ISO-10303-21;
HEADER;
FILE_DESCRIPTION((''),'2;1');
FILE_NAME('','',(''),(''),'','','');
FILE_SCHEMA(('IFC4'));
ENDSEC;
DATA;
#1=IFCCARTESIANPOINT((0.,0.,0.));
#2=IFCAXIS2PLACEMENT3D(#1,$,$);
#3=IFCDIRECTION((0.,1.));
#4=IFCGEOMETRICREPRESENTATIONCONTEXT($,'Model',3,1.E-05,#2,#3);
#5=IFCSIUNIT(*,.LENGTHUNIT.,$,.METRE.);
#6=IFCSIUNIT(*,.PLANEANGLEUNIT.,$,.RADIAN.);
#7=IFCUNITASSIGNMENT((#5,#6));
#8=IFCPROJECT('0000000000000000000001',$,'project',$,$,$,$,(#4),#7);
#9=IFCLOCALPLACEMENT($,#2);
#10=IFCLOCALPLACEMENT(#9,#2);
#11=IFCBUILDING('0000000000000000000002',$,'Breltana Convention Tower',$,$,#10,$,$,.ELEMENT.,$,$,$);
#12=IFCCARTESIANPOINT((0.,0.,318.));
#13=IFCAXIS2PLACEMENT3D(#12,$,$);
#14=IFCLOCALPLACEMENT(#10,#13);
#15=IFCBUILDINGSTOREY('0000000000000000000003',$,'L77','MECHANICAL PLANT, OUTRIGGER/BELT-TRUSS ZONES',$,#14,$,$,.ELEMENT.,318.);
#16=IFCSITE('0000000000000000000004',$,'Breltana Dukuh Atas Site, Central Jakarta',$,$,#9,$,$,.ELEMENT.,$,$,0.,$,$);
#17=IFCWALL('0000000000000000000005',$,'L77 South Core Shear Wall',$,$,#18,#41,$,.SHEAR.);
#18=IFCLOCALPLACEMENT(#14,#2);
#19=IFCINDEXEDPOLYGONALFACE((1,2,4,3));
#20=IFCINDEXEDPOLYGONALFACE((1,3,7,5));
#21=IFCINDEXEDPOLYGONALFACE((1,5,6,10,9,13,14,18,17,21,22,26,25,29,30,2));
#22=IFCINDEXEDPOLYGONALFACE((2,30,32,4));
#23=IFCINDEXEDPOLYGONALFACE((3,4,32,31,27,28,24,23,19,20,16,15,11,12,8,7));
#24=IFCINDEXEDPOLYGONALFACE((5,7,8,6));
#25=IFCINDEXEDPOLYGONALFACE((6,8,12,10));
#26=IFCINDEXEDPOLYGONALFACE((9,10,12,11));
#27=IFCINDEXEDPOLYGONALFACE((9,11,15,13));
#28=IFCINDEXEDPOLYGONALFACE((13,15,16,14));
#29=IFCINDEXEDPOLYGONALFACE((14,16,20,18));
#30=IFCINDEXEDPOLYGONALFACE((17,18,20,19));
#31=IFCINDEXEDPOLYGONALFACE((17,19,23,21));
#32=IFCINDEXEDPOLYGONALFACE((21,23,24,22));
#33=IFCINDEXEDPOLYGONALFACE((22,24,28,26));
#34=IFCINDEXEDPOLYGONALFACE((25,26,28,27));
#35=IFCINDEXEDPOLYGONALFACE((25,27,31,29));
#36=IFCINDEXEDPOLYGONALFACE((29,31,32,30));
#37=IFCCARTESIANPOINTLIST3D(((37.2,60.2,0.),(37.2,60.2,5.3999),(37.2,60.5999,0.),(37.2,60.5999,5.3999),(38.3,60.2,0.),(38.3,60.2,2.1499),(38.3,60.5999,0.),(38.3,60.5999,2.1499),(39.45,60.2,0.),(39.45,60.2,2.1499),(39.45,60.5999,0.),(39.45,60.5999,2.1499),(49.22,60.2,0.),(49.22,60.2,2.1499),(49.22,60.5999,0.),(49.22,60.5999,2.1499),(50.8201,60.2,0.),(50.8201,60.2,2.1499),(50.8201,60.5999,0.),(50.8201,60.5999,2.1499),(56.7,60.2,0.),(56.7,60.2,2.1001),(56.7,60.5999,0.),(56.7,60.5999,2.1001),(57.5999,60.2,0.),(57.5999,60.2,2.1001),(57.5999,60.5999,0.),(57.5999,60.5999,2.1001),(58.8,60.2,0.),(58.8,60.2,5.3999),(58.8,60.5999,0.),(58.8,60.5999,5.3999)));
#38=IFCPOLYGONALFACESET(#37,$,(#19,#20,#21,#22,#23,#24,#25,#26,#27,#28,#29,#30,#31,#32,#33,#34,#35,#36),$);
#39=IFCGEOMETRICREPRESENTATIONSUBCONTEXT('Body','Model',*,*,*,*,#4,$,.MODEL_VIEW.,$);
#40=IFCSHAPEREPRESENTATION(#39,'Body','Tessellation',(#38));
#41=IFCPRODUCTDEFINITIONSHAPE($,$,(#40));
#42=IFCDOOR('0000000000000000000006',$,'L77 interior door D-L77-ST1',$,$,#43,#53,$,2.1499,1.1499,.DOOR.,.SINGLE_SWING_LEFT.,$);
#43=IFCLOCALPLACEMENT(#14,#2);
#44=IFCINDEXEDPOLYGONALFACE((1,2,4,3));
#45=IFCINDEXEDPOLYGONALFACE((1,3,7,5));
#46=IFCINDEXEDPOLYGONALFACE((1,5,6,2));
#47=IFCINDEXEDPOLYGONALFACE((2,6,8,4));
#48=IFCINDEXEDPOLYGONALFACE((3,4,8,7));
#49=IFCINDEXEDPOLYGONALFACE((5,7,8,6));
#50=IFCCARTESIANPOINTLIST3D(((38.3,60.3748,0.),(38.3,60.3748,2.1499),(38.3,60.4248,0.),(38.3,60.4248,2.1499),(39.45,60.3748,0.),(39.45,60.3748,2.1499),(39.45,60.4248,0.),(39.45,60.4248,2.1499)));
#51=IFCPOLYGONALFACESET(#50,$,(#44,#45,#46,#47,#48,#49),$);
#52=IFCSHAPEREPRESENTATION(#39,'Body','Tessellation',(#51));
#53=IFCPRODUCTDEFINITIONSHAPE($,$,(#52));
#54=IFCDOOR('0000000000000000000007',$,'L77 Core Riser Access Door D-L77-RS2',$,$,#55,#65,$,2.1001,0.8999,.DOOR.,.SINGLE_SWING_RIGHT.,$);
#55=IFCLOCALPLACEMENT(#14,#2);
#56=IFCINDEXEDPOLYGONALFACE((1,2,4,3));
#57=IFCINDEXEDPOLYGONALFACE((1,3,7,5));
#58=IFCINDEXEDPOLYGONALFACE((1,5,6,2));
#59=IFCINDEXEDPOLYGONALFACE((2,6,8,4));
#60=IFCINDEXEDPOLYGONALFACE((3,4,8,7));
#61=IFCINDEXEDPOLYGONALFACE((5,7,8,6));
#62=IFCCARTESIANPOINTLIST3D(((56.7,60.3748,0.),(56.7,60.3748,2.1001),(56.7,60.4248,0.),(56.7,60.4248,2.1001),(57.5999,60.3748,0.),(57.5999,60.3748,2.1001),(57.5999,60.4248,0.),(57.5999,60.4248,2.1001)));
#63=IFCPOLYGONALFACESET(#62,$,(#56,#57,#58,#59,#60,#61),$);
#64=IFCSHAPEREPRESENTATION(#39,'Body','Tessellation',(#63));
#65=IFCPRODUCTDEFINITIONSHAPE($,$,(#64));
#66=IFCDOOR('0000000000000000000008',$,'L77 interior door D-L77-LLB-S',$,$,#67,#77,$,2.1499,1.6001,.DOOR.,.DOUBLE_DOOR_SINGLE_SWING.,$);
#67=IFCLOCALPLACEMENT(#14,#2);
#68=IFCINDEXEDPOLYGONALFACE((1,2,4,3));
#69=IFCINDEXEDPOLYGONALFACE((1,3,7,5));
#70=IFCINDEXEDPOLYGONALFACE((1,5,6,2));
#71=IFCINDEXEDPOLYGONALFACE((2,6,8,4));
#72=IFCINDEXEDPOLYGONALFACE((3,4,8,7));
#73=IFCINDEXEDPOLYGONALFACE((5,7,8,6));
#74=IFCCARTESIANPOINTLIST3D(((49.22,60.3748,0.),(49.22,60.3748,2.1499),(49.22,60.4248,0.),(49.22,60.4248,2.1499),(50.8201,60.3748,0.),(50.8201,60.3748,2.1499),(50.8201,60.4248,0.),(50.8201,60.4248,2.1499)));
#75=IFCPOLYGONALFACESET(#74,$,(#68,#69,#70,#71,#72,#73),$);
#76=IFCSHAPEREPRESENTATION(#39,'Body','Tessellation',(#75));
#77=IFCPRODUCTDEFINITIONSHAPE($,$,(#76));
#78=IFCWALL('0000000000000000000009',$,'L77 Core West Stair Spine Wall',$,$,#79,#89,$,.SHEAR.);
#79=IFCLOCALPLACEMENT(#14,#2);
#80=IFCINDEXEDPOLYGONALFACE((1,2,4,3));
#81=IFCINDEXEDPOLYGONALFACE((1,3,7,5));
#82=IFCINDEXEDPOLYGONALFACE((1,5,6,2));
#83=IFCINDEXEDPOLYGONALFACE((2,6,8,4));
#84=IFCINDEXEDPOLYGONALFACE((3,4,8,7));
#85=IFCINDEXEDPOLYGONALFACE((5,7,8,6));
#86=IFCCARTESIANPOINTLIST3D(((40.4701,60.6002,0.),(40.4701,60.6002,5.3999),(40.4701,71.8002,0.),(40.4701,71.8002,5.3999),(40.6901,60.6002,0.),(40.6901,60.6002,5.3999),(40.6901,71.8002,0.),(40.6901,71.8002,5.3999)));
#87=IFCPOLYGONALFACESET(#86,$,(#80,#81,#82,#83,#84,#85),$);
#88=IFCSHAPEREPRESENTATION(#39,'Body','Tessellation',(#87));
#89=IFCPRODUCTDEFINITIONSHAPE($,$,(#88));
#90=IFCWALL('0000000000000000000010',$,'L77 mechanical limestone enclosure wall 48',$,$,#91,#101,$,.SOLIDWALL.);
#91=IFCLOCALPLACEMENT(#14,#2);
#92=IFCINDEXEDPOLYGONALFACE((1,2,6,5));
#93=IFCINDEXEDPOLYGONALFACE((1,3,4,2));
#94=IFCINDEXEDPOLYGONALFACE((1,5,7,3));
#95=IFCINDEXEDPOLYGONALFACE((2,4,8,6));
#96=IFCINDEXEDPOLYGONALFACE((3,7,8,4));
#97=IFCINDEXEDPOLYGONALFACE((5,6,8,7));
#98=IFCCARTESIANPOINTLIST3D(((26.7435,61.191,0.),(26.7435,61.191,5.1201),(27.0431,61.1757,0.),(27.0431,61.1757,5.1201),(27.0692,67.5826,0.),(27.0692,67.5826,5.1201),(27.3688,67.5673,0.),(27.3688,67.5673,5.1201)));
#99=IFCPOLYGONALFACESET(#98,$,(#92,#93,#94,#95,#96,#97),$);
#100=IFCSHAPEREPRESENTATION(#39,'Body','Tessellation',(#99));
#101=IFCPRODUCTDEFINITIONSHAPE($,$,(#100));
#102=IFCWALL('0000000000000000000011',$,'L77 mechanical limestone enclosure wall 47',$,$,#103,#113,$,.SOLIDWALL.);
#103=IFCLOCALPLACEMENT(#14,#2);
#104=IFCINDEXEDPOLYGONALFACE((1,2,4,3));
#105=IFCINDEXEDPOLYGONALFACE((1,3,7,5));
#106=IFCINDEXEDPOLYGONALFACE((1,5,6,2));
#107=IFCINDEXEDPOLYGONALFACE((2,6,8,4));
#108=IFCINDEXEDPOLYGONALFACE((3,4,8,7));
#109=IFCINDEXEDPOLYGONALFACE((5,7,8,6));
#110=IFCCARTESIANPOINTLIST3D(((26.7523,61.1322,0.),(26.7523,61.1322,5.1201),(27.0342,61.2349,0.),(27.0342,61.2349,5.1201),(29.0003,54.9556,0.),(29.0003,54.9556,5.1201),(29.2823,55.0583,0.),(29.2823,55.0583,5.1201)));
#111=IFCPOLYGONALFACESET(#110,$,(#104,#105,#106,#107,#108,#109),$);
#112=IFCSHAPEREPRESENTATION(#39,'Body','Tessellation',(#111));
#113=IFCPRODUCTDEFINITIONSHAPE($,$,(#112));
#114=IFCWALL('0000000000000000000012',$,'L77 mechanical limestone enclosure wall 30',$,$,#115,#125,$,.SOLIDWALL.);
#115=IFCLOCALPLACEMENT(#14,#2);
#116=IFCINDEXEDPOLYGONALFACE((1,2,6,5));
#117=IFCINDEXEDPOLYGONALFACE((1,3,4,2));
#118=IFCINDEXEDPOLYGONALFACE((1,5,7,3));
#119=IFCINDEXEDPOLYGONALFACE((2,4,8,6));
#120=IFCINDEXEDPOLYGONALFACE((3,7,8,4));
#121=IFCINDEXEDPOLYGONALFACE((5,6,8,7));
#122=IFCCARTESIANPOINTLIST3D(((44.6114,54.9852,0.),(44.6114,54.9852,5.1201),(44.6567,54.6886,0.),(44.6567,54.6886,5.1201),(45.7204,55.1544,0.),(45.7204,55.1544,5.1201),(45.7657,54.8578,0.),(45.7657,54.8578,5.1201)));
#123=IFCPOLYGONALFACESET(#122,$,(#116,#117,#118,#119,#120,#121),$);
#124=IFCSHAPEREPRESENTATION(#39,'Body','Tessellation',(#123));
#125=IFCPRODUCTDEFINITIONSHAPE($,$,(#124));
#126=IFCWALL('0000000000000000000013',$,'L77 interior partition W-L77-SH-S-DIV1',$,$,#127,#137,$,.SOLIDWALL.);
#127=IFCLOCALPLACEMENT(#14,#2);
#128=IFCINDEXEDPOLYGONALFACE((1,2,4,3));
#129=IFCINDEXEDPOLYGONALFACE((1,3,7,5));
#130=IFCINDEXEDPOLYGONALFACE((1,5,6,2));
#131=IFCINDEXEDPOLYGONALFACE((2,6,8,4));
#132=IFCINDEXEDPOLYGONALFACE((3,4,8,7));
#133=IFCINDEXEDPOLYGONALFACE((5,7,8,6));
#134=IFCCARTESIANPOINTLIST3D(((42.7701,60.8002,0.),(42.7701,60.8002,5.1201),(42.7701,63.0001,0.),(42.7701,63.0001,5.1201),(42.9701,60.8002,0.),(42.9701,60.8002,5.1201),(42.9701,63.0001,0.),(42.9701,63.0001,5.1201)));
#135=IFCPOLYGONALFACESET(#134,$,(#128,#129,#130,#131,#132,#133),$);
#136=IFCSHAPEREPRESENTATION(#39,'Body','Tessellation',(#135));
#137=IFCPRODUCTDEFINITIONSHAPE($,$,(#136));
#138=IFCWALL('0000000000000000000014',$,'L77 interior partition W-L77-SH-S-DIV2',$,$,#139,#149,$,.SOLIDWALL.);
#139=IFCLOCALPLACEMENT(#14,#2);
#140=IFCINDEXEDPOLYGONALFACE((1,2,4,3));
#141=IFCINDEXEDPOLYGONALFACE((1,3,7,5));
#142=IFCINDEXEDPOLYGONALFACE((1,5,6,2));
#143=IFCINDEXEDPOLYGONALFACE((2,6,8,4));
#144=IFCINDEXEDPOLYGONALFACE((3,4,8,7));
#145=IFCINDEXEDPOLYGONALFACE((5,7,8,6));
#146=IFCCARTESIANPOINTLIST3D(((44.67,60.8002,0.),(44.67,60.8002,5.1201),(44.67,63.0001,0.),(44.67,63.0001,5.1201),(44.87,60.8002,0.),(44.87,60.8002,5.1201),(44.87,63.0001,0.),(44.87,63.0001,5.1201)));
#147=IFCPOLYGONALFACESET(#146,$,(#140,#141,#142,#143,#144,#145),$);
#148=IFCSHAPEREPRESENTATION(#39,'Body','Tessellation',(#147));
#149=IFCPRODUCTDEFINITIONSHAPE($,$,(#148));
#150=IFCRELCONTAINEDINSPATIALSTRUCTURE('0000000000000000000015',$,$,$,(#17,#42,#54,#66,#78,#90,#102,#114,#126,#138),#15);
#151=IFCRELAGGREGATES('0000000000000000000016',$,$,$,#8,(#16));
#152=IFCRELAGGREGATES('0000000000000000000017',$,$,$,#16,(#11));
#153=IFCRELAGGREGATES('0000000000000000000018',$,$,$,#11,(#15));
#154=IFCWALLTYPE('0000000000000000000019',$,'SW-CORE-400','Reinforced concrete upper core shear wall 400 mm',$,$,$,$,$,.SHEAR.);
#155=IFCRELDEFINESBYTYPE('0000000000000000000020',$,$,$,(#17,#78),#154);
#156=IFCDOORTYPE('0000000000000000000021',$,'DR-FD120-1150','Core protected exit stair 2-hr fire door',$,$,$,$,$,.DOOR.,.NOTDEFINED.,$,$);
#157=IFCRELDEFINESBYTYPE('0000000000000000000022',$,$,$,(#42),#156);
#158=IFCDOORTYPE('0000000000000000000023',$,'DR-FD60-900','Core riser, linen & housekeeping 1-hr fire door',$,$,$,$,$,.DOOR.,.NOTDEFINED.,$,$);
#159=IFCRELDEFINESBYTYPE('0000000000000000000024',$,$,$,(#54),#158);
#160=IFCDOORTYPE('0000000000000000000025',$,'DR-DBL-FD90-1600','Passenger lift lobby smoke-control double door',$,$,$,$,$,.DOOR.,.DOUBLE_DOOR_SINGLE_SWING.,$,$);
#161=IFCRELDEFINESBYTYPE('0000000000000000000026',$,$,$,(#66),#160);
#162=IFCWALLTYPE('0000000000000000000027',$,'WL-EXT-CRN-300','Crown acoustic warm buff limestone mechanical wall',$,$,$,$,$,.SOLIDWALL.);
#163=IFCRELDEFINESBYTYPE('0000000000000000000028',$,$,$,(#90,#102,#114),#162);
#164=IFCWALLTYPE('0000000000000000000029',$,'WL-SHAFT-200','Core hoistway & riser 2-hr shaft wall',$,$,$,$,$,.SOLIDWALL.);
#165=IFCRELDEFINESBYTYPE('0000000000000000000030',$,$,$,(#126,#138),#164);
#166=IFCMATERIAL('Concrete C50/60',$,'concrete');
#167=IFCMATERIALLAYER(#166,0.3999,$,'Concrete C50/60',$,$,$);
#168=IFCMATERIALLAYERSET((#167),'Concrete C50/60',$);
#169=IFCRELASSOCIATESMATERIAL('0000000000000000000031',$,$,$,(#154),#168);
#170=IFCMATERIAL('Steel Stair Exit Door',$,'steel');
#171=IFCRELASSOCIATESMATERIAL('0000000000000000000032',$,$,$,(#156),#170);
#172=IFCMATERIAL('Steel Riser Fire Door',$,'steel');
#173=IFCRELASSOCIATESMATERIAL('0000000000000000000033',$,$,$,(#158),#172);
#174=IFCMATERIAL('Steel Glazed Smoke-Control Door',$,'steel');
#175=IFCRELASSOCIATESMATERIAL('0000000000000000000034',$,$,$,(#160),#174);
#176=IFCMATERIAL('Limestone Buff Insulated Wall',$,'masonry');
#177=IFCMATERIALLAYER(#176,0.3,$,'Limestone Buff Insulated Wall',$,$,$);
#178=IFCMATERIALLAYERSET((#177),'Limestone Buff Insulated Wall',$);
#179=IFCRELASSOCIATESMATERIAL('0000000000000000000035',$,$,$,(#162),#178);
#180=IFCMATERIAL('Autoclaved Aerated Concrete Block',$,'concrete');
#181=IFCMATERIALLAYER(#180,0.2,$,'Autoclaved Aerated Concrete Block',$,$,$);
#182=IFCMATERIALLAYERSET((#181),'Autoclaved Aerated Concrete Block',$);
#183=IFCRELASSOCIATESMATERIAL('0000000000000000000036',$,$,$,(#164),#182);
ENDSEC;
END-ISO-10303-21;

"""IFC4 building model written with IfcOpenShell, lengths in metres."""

from ifc_helpers import new_model, si_unit, direction, frame, frame_2d, origin, place, context, subcontext, project, spatial, rectangle, extrude, source, transform, mapped, material, layer, layer_set, type_object, type_shapes, element, fill, save


model = new_model("IFC4")

# Units and contexts
model_context = context("Model", 3, precision=1e-05, world=origin(), true_north=direction((0.0, 1.0)))
body_context = subcontext(model_context, "Body", "Model", "MODEL_VIEW")
ifc_project = project(units=[si_unit("LENGTHUNIT", "METRE"), si_unit("PLANEANGLEUNIT", "RADIAN")], contexts=[model_context])

# Site, building, storey
site_placement = place(None, origin())
site = spatial("IfcSite", under=ifc_project, at=site_placement, Name="Breltana Dukuh Atas Site, Central Jakarta", CompositionType="ELEMENT", RefElevation=0.0)
building_placement = place(site_placement, origin())
building = spatial("IfcBuilding", under=site, at=building_placement, Name="Breltana Convention Tower", CompositionType="ELEMENT")
storey_placement = place(building_placement, frame((0.0, 0.0, 318.0)))
storey = spatial("IfcBuildingStorey", under=building, at=storey_placement, Name="L77", Description="MECHANICAL PLANT, OUTRIGGER/BELT-TRUSS ZONES", CompositionType="ELEMENT", Elevation=318.0)

# Shared definitions
ifc_material_1 = material(Name="Concrete C50/60", Category="concrete")
ifc_layer_1 = layer(ifc_material_1, 0.3999, Name="Concrete C50/60")
ifc_layer_set_1 = layer_set([ifc_layer_1], Name="Concrete C50/60")
wall_type_1 = type_object("IfcWallType", Name="SW-CORE-400", Description="Reinforced concrete upper core shear wall 400 mm", PredefinedType="SHEAR", material=ifc_layer_set_1)

# Wall, openings, doors
shared_shape_1 = source(origin(), body_context, "Body", "SweptSolid", [
    extrude(rectangle(XDim=21.6001, YDim=0.3999, at=frame_2d((10.8, 0.0))), origin(), (0.0, 0.0, 1.0), 5.3999),
])
wall_1_placement = place(storey_placement, frame((37.2, 60.3999, 0.0), z_axis=(0.0, 0.0, 1.0), x_axis=(1.0, 0.0, 0.0)))
wall_1 = element("IfcWall", 1, at=wall_1_placement, inside=storey, type_object=wall_type_1, Name="L77 South Core Shear Wall", PredefinedType="SHEAR", context=body_context, shape_type="MappedRepresentation", body=[
    mapped(shared_shape_1, transform((0.0, 0.0, 0.0), scale=1.0)),
])
opening_1_placement = place(wall_1_placement, frame((1.1001, 0.0, 0.0)))
opening_1 = element("IfcOpeningElement", 2, at=opening_1_placement, cuts=wall_1, PredefinedType="OPENING", context=body_context, shape_type="SweptSolid", body=[
    extrude(rectangle(XDim=1.1499, YDim=2.1499, at=frame_2d((0.575, 1.075))), frame((0.0, 0.21, 0.0), z_axis=(0.0, -1.0, 0.0), x_axis=(1.0, 0.0, 0.0)), (0.0, 0.0, 1.0), 0.4199),
])
opening_2_placement = place(wall_1_placement, frame((19.5, 0.0, 0.0)))
opening_2 = element("IfcOpeningElement", 3, at=opening_2_placement, cuts=wall_1, PredefinedType="OPENING", context=body_context, shape_type="SweptSolid", body=[
    extrude(rectangle(XDim=0.8999, YDim=2.1001, at=frame_2d((0.45, 1.05))), frame((0.0, 0.21, 0.0), z_axis=(0.0, -1.0, 0.0), x_axis=(1.0, 0.0, 0.0)), (0.0, 0.0, 1.0), 0.4199),
])
opening_3_placement = place(wall_1_placement, frame((12.02, 0.0, 0.0)))
opening_3 = element("IfcOpeningElement", 4, at=opening_3_placement, cuts=wall_1, PredefinedType="OPENING", context=body_context, shape_type="SweptSolid", body=[
    extrude(rectangle(XDim=1.6001, YDim=2.1499, at=frame_2d((0.8, 1.075))), frame((0.0, 0.21, 0.0), z_axis=(0.0, -1.0, 0.0), x_axis=(1.0, 0.0, 0.0)), (0.0, 0.0, 1.0), 0.4199),
])
ifc_material_2 = material(Name="Steel Stair Exit Door", Category="steel")
door_type_1 = type_object("IfcDoorType", Name="DR-FD120-1150", Description="Core protected exit stair 2-hr fire door", OperationType="NOTDEFINED", PredefinedType="DOOR", material=ifc_material_2)
shared_shape_2 = source(origin(), body_context, "Body", "SweptSolid", [
    extrude(rectangle(XDim=1.1499, YDim=2.1499, at=frame_2d((0.575, 1.075))), frame((0.0, 0.0249, 0.0), z_axis=(0.0, -1.0, 0.0), x_axis=(1.0, 0.0, 0.0)), (0.0, 0.0, 1.0), 0.05),
])
type_shapes(door_type_1, [shared_shape_2])
door_1_placement = place(opening_1_placement, origin())
door_1 = element("IfcDoor", 5, at=door_1_placement, inside=storey, type_object=door_type_1, Name="L77 interior door D-L77-ST1", OperationType="SINGLE_SWING_LEFT", OverallHeight=2.1499, OverallWidth=1.1499, PredefinedType="DOOR", context=body_context, shape_type="MappedRepresentation", body=[
    mapped(shared_shape_2, transform((0.0, 0.0, 0.0), scale=1.0)),
])
fill(opening_1, door_1)
ifc_material_3 = material(Name="Steel Riser Fire Door", Category="steel")
door_type_2 = type_object("IfcDoorType", Name="DR-FD60-900", Description="Core riser, linen & housekeeping 1-hr fire door", OperationType="NOTDEFINED", PredefinedType="DOOR", material=ifc_material_3)
shared_shape_3 = source(origin(), body_context, "Body", "SweptSolid", [
    extrude(rectangle(XDim=0.8999, YDim=2.1001, at=frame_2d((0.45, 1.05))), frame((0.0, 0.0249, 0.0), z_axis=(0.0, -1.0, 0.0), x_axis=(1.0, 0.0, 0.0)), (0.0, 0.0, 1.0), 0.05),
])
type_shapes(door_type_2, [shared_shape_3])
door_2_placement = place(opening_2_placement, origin())
door_2 = element("IfcDoor", 6, at=door_2_placement, inside=storey, type_object=door_type_2, Name="L77 Core Riser Access Door D-L77-RS2", OperationType="SINGLE_SWING_RIGHT", OverallHeight=2.1001, OverallWidth=0.8999, PredefinedType="DOOR", context=body_context, shape_type="MappedRepresentation", body=[
    mapped(shared_shape_3, transform((0.0, 0.0, 0.0), scale=1.0)),
])
fill(opening_2, door_2)
ifc_material_4 = material(Name="Steel Glazed Smoke-Control Door", Category="steel")
door_type_3 = type_object("IfcDoorType", Name="DR-DBL-FD90-1600", Description="Passenger lift lobby smoke-control double door", OperationType="DOUBLE_DOOR_SINGLE_SWING", PredefinedType="DOOR", material=ifc_material_4)
shared_shape_4 = source(origin(), body_context, "Body", "SweptSolid", [
    extrude(rectangle(XDim=1.6001, YDim=2.1499, at=frame_2d((0.8, 1.075))), frame((0.0, 0.0249, 0.0), z_axis=(0.0, -1.0, 0.0), x_axis=(1.0, 0.0, 0.0)), (0.0, 0.0, 1.0), 0.05),
])
type_shapes(door_type_3, [shared_shape_4])
door_3_placement = place(opening_3_placement, origin())
door_3 = element("IfcDoor", 7, at=door_3_placement, inside=storey, type_object=door_type_3, Name="L77 interior door D-L77-LLB-S", OperationType="DOUBLE_DOOR_SINGLE_SWING", OverallHeight=2.1499, OverallWidth=1.6001, PredefinedType="DOOR", context=body_context, shape_type="MappedRepresentation", body=[
    mapped(shared_shape_4, transform((0.0, 0.0, 0.0), scale=1.0)),
])
fill(opening_3, door_3)

# Walls
shared_shape_5 = source(origin(), body_context, "Body", "SweptSolid", [
    extrude(rectangle(XDim=11.2, YDim=0.22, at=frame_2d((5.6001, 0.0))), origin(), (0.0, 0.0, 1.0), 5.3999),
])
wall_2_placement = place(storey_placement, frame((40.5801, 60.6001, 0.0), z_axis=(0.0, 0.0, 1.0), x_axis=(0.0, 1.0, 0.0)))
element("IfcWall", 8, at=wall_2_placement, inside=storey, type_object=wall_type_1, Name="L77 Core West Stair Spine Wall", PredefinedType="SHEAR", context=body_context, shape_type="MappedRepresentation", body=[
    mapped(shared_shape_5, transform((0.0, 0.0, 0.0), scale=1.0)),
])
ifc_material_5 = material(Name="Limestone Buff Insulated Wall", Category="masonry")
ifc_layer_2 = layer(ifc_material_5, 0.3, Name="Limestone Buff Insulated Wall")
ifc_layer_set_2 = layer_set([ifc_layer_2], Name="Limestone Buff Insulated Wall")
wall_type_2 = type_object("IfcWallType", Name="WL-EXT-CRN-300", Description="Crown acoustic warm buff limestone mechanical wall", PredefinedType="SOLIDWALL", material=ifc_layer_set_2)
shared_shape_6 = source(origin(), body_context, "Body", "SweptSolid", [
    extrude(rectangle(XDim=6.3999, YDim=0.3, at=frame_2d((3.2, 0.0))), origin(), (0.0, 0.0, 1.0), 5.1201),
])
wall_3_placement = place(storey_placement, frame((26.8933, 61.1833, 0.0), z_axis=(0.0, 0.0, 1.0), x_axis=(0.050889, 0.998704, 0.0)))
element("IfcWall", 9, at=wall_3_placement, inside=storey, type_object=wall_type_2, Name="L77 mechanical limestone enclosure wall 48", PredefinedType="SOLIDWALL", context=body_context, shape_type="MappedRepresentation", body=[
    mapped(shared_shape_6, transform((0.0, 0.0, 0.0), scale=1.0)),
])
shared_shape_7 = source(origin(), body_context, "Body", "SweptSolid", [
    extrude(rectangle(XDim=6.573, YDim=0.3, at=frame_2d((3.2866, 0.0))), origin(), (0.0, 0.0, 1.0), 5.1201),
])
wall_4_placement = place(storey_placement, frame((29.1414, 55.0068, 0.0), z_axis=(0.0, 0.0, 1.0), x_axis=(-0.342017, 0.939694, 0.0)))
element("IfcWall", 10, at=wall_4_placement, inside=storey, type_object=wall_type_2, Name="L77 mechanical limestone enclosure wall 47", PredefinedType="SOLIDWALL", context=body_context, shape_type="MappedRepresentation", body=[
    mapped(shared_shape_7, transform((0.0, 0.0, 0.0), scale=1.0)),
])
shared_shape_8 = source(origin(), body_context, "Body", "SweptSolid", [
    extrude(rectangle(XDim=1.1218, YDim=0.3, at=frame_2d((0.561, 0.0))), origin(), (0.0, 0.0, 1.0), 5.1201),
])
wall_5_placement = place(storey_placement, frame((45.7432, 55.0061, 0.0), z_axis=(0.0, 0.0, 1.0), x_axis=(-0.98856, -0.15083, 0.0)))
element("IfcWall", 11, at=wall_5_placement, inside=storey, type_object=wall_type_2, Name="L77 mechanical limestone enclosure wall 30", PredefinedType="SOLIDWALL", context=body_context, shape_type="MappedRepresentation", body=[
    mapped(shared_shape_8, transform((0.0, 0.0, 0.0), scale=1.0)),
])
ifc_material_6 = material(Name="Autoclaved Aerated Concrete Block", Category="concrete")
ifc_layer_3 = layer(ifc_material_6, 0.2, Name="Autoclaved Aerated Concrete Block")
ifc_layer_set_3 = layer_set([ifc_layer_3], Name="Autoclaved Aerated Concrete Block")
wall_type_3 = type_object("IfcWallType", Name="WL-SHAFT-200", Description="Core hoistway & riser 2-hr shaft wall", PredefinedType="SOLIDWALL", material=ifc_layer_set_3)
shared_shape_9 = source(origin(), body_context, "Body", "SweptSolid", [
    extrude(rectangle(XDim=2.2, YDim=0.2, at=frame_2d((1.1001, 0.0))), origin(), (0.0, 0.0, 1.0), 5.1201),
])
for number, where, z_axis, x_axis, name in (
    (12, (42.8701, 60.8, 0.0), (0.0, 0.0, 1.0), (0.0, 1.0, 0.0), "L77 interior partition W-L77-SH-S-DIV1"),
    (13, (44.77, 60.8, 0.0), (0.0, 0.0, 1.0), (0.0, 1.0, 0.0), "L77 interior partition W-L77-SH-S-DIV2"),
):
    element("IfcWall", number, at=place(storey_placement, frame(where, z_axis=z_axis, x_axis=x_axis)), inside=storey, type_object=wall_type_3, Name=name, PredefinedType="SOLIDWALL", context=body_context, shape_type="MappedRepresentation", body=[
        mapped(shared_shape_9, transform((0.0, 0.0, 0.0), scale=1.0)),
    ])

save(model, "model.ifc")
